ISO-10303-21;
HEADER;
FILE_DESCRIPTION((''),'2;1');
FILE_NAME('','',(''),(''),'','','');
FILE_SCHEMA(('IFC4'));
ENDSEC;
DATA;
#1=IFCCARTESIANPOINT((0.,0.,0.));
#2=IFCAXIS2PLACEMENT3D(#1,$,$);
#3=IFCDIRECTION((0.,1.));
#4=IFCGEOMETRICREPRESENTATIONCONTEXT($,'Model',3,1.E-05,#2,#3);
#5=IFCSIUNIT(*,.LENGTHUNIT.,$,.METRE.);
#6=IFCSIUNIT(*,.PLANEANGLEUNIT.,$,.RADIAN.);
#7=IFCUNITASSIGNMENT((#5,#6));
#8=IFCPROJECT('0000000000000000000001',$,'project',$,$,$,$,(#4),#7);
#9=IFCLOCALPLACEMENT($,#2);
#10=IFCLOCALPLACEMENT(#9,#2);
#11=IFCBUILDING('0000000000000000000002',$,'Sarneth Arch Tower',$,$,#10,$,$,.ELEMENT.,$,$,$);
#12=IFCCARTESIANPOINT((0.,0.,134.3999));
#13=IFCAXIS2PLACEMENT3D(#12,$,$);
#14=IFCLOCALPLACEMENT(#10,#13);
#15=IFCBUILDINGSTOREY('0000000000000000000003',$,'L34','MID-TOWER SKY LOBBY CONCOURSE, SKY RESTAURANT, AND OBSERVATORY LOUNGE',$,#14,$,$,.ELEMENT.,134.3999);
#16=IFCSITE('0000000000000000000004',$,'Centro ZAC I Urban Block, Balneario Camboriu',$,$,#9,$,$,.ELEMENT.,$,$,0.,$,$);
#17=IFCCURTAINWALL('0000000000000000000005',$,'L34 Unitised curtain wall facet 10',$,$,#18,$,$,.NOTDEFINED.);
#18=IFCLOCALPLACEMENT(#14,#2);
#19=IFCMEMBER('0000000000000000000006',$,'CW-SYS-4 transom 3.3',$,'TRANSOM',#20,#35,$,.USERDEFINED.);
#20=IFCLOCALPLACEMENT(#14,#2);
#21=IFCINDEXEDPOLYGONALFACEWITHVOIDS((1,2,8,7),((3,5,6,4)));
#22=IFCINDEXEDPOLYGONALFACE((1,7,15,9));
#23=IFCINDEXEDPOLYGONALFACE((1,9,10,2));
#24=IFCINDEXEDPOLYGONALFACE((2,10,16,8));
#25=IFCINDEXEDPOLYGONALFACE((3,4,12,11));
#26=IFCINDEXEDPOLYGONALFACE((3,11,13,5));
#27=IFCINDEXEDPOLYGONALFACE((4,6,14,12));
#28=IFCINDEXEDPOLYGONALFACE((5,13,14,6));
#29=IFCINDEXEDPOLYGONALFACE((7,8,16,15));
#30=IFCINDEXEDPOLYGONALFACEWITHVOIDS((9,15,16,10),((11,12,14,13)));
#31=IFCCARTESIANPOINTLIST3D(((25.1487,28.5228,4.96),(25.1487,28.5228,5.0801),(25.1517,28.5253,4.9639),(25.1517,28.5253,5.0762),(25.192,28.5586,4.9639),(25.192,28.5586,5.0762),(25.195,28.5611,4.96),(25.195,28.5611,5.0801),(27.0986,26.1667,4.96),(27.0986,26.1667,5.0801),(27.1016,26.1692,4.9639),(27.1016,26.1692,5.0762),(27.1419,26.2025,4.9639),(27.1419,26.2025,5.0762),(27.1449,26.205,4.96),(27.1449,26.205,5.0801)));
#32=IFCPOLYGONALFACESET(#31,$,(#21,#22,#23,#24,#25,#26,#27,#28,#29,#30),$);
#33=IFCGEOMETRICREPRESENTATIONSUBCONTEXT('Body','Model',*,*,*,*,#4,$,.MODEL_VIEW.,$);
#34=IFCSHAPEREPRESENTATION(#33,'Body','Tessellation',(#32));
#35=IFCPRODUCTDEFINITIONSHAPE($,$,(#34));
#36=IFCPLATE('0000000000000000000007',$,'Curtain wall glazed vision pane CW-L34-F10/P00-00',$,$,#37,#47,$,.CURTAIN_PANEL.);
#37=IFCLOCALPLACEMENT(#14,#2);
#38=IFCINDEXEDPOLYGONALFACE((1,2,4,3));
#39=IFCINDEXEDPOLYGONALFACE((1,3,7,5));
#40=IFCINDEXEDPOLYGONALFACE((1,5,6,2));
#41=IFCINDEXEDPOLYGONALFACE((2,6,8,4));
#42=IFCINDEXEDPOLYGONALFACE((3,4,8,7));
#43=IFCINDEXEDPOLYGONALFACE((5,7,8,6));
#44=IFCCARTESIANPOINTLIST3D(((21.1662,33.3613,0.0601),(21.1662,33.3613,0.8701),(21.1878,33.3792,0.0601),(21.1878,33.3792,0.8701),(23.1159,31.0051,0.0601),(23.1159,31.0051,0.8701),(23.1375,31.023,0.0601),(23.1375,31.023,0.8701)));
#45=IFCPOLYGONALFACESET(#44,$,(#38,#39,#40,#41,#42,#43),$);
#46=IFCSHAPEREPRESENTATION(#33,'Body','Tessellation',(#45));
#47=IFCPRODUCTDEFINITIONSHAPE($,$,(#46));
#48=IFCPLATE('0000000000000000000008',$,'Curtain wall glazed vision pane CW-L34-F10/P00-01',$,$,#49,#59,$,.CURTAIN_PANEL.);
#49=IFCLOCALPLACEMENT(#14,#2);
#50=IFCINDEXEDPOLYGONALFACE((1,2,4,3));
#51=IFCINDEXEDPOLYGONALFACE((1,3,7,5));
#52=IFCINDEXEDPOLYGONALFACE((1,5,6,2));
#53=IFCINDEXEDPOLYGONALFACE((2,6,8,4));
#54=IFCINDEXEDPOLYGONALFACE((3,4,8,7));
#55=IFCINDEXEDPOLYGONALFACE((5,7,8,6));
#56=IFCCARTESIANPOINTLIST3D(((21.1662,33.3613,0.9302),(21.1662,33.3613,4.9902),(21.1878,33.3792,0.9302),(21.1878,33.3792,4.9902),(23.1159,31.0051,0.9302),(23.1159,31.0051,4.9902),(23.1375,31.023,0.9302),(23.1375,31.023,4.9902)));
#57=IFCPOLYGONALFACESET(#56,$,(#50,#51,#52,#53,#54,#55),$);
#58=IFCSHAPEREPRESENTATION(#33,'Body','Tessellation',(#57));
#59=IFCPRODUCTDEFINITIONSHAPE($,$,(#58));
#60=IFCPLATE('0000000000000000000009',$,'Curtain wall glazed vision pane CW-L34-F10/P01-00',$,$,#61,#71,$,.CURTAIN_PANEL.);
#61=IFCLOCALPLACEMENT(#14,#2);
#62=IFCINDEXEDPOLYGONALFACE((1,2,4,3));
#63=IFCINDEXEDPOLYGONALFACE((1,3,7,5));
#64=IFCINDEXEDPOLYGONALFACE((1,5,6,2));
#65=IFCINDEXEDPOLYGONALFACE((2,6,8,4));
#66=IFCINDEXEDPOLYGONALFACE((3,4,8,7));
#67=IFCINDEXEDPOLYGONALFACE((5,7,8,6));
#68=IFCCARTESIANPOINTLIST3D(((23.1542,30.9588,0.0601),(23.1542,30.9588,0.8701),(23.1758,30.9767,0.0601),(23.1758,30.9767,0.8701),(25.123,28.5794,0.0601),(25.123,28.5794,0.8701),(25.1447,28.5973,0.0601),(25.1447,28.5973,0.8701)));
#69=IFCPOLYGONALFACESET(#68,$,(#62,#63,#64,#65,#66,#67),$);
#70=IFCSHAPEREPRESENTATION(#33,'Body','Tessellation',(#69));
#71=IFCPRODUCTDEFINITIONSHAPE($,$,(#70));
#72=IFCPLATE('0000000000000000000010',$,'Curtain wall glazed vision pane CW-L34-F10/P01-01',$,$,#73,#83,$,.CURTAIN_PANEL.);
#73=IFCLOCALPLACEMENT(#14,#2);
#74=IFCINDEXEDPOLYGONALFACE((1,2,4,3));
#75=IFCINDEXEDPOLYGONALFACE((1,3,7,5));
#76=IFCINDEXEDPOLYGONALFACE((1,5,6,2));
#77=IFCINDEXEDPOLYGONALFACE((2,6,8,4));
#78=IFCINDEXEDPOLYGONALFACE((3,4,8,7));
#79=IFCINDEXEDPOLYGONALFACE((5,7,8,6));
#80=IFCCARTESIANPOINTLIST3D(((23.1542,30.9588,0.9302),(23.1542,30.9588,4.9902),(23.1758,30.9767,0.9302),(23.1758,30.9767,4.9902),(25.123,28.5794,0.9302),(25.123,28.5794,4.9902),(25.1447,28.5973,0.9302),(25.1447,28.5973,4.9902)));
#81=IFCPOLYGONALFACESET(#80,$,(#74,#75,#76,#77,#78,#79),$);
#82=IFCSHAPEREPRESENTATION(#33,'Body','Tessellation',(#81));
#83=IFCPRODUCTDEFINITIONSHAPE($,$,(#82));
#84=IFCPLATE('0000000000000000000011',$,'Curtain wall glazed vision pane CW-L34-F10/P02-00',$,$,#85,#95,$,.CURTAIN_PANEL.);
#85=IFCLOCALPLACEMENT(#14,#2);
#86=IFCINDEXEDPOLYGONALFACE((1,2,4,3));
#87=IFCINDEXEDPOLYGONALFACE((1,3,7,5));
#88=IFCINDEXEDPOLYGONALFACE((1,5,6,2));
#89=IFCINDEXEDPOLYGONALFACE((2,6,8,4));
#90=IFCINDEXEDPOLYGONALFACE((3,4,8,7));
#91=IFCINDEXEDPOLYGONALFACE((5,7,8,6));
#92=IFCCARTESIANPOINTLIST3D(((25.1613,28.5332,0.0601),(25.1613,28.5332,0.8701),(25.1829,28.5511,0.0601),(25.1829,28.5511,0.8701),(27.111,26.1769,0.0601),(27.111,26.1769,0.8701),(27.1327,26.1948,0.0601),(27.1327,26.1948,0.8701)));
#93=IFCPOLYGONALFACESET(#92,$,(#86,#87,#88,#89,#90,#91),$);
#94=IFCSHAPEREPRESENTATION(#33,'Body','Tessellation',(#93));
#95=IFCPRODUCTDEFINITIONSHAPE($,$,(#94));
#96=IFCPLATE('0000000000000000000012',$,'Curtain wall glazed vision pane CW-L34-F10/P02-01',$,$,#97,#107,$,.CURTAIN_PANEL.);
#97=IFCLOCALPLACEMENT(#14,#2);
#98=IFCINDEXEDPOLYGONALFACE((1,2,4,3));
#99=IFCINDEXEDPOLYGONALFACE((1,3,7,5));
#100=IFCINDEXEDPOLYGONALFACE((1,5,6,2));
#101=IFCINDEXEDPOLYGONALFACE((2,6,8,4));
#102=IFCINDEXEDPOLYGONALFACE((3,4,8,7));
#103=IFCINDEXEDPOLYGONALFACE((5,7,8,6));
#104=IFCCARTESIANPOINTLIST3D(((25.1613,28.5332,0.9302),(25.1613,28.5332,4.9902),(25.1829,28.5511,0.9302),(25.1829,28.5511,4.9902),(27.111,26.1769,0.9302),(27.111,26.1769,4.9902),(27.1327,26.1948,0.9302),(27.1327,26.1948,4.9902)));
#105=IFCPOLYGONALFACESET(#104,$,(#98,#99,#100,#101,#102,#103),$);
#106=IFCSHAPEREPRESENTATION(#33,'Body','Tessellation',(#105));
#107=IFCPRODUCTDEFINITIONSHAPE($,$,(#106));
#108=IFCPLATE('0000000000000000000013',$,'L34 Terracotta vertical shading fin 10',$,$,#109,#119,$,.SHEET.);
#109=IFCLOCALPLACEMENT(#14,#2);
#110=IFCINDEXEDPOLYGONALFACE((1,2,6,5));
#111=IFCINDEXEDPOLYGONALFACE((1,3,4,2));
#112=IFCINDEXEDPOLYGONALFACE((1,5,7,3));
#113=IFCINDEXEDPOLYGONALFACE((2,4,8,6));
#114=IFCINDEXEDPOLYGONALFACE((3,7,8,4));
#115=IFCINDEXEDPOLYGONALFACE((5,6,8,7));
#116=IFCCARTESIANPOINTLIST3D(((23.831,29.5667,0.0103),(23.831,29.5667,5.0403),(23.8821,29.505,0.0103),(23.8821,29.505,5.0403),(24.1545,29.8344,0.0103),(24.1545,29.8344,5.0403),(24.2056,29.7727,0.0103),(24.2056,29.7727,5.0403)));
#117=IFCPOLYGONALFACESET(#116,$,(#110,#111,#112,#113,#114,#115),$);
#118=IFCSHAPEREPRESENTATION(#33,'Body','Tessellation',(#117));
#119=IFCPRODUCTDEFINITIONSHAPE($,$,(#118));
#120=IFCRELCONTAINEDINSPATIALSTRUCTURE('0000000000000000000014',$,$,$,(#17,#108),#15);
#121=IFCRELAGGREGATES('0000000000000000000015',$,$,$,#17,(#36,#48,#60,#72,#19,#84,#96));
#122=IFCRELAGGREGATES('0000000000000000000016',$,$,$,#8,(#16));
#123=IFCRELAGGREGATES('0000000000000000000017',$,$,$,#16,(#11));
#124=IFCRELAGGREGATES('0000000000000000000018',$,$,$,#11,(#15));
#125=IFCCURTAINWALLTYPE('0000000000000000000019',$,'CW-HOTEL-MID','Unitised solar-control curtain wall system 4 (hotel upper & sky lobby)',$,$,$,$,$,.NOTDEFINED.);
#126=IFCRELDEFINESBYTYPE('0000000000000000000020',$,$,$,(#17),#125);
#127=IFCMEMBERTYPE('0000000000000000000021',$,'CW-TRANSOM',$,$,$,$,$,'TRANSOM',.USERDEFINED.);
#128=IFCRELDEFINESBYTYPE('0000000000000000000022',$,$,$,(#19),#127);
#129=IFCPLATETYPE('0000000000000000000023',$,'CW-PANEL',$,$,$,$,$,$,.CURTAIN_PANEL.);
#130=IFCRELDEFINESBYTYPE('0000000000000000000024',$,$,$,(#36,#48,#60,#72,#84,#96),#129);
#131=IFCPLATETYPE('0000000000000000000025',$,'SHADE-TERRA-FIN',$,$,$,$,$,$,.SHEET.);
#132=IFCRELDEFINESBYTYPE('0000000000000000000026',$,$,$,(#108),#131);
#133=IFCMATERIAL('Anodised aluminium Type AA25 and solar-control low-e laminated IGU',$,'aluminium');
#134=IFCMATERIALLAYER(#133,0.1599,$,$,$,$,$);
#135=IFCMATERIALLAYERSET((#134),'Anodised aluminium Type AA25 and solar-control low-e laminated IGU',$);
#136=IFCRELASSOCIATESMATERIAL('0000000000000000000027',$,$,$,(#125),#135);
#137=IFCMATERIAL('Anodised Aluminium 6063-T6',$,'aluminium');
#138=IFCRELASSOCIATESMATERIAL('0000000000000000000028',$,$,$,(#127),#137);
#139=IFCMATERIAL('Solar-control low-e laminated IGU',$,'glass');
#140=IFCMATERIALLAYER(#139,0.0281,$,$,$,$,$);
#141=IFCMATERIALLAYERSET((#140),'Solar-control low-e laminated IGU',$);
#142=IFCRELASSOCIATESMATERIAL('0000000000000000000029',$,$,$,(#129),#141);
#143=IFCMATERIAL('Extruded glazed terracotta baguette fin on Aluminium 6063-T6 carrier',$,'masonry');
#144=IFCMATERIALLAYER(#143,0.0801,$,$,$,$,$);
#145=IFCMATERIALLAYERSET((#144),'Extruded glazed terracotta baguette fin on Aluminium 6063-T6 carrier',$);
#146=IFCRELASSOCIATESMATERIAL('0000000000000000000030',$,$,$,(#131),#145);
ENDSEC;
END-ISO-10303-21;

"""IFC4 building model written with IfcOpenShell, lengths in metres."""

from ifc_helpers import new_model, si_unit, direction, frame, origin, origin_2d, place, context, subcontext, project, spatial, rectangle, hollow_rectangle, extrude, material, layer, layer_set, material_profile, profile_set, type_object, element, aggregate, save


model = new_model("IFC4")

# Units and contexts
model_context = context("Model", 3, precision=1e-05, world=origin(), true_north=direction((0.0, 1.0)))
body_context = subcontext(model_context, "Body", "Model", "MODEL_VIEW")
ifc_project = project(units=[si_unit("LENGTHUNIT", "METRE"), si_unit("PLANEANGLEUNIT", "RADIAN")], contexts=[model_context])

# Site, building, storey
site_placement = place(None, origin())
site = spatial("IfcSite", under=ifc_project, at=site_placement, Name="Centro ZAC I Urban Block, Balneario Camboriu", CompositionType="ELEMENT", RefElevation=0.0)
building_placement = place(site_placement, origin())
building = spatial("IfcBuilding", under=site, at=building_placement, Name="Sarneth Arch Tower", CompositionType="ELEMENT")
storey_placement = place(building_placement, frame((0.0, 0.0, 134.3999)))
storey = spatial("IfcBuildingStorey", under=building, at=storey_placement, Name="L34", Description="MID-TOWER SKY LOBBY CONCOURSE, SKY RESTAURANT, AND OBSERVATORY LOUNGE", CompositionType="ELEMENT", Elevation=134.3999)

# Curtain wall, member, plates
ifc_material_1 = material(Name="Anodised aluminium Type AA25 and solar-control low-e laminated IGU", Category="aluminium")
ifc_layer_1 = layer(ifc_material_1, 0.1599)
ifc_layer_set_1 = layer_set([ifc_layer_1], Name="Anodised aluminium Type AA25 and solar-control low-e laminated IGU")
curtain_wall_type = type_object("IfcCurtainWallType", Name="CW-HOTEL-MID", Description="Unitised solar-control curtain wall system 4 (hotel upper & sky lobby)", PredefinedType="NOTDEFINED", material=ifc_layer_set_1)
curtain_wall_placement = place(storey_placement, origin())
curtain_wall = element("IfcCurtainWall", 1, at=curtain_wall_placement, inside=storey, type_object=curtain_wall_type, Name="L34 Unitised curtain wall facet 10", PredefinedType="NOTDEFINED")
ifc_material_2 = material(Name="Anodised Aluminium 6063-T6", Category="aluminium")
ifc_material_profile_1 = material_profile(ifc_material_2, hollow_rectangle(XDim=0.0601, YDim=0.1201, WallThickness=0.0039, at=origin_2d()), Name="AL-TRAN-120x60x4")
ifc_profile_set_1 = profile_set([ifc_material_profile_1], Name="Anodised Aluminium 6063-T6")
member_type_1 = type_object("IfcMemberType", Name="CW-TRANSOM", ElementType="TRANSOM", PredefinedType="USERDEFINED", material=ifc_profile_set_1)
member_1_placement = place(storey_placement, frame((25.1719, 28.542, 5.02), z_axis=(0.637566, -0.770396, 0.0), x_axis=(0.770396, 0.637566, 0.0)))
member_1 = element("IfcMember", 2, at=member_1_placement, type_object=member_type_1, Name="CW-SYS-4 transom 3.3", ObjectType="TRANSOM", PredefinedType="USERDEFINED", context=body_context, shape_type="SweptSolid", body=[
    extrude(hollow_rectangle(XDim=0.0601, YDim=0.1201, WallThickness=0.0039, at=origin_2d()), origin(), (0.0, 0.0, 1.0), 3.0583),
])
ifc_material_3 = material(Name="Solar-control low-e laminated IGU", Category="glass")
ifc_layer_2 = layer(ifc_material_3, 0.0281)
ifc_layer_set_2 = layer_set([ifc_layer_2], Name="Solar-control low-e laminated IGU")
plate_type_1 = type_object("IfcPlateType", Name="CW-PANEL", PredefinedType="CURTAIN_PANEL", material=ifc_layer_set_2)
plate_1_placement = place(storey_placement, frame((22.1519, 32.1921, 0.0601), z_axis=(0.0, 0.0, 1.0), x_axis=(0.637515, -0.770438, 0.0)))
plate_1 = element("IfcPlate", 3, at=plate_1_placement, type_object=plate_type_1, Name="Curtain wall glazed vision pane CW-L34-F10/P00-00", PredefinedType="CURTAIN_PANEL", context=body_context, shape_type="SweptSolid", body=[
    extrude(rectangle(XDim=3.0583, YDim=0.0281, at=origin_2d()), origin(), (0.0, 0.0, 1.0), 0.8101),
])
plate_2_placement = place(storey_placement, frame((22.1519, 32.1921, 0.9302), z_axis=(0.0, 0.0, 1.0), x_axis=(0.637515, -0.770438, 0.0)))
plate_2 = element("IfcPlate", 4, at=plate_2_placement, type_object=plate_type_1, Name="Curtain wall glazed vision pane CW-L34-F10/P00-01", PredefinedType="CURTAIN_PANEL", context=body_context, shape_type="SweptSolid", body=[
    extrude(rectangle(XDim=3.0583, YDim=0.0281, at=origin_2d()), origin(), (0.0, 0.0, 1.0), 4.0601),
])
plate_3_placement = place(storey_placement, frame((24.1494, 29.7781, 0.0601), z_axis=(0.0, 0.0, 1.0), x_axis=(0.637515, -0.770438, 0.0)))
plate_3 = element("IfcPlate", 5, at=plate_3_placement, type_object=plate_type_1, Name="Curtain wall glazed vision pane CW-L34-F10/P01-00", PredefinedType="CURTAIN_PANEL", context=body_context, shape_type="SweptSolid", body=[
    extrude(rectangle(XDim=3.0884, YDim=0.0281, at=origin_2d()), origin(), (0.0, 0.0, 1.0), 0.8101),
])
plate_4_placement = place(storey_placement, frame((24.1494, 29.7781, 0.9302), z_axis=(0.0, 0.0, 1.0), x_axis=(0.637515, -0.770438, 0.0)))
plate_4 = element("IfcPlate", 6, at=plate_4_placement, type_object=plate_type_1, Name="Curtain wall glazed vision pane CW-L34-F10/P01-01", PredefinedType="CURTAIN_PANEL", context=body_context, shape_type="SweptSolid", body=[
    extrude(rectangle(XDim=3.0884, YDim=0.0281, at=origin_2d()), origin(), (0.0, 0.0, 1.0), 4.0601),
])
plate_5_placement = place(storey_placement, frame((26.147, 27.364, 0.0601), z_axis=(0.0, 0.0, 1.0), x_axis=(0.637515, -0.770438, 0.0)))
plate_5 = element("IfcPlate", 7, at=plate_5_placement, type_object=plate_type_1, Name="Curtain wall glazed vision pane CW-L34-F10/P02-00", PredefinedType="CURTAIN_PANEL", context=body_context, shape_type="SweptSolid", body=[
    extrude(rectangle(XDim=3.0583, YDim=0.0281, at=origin_2d()), origin(), (0.0, 0.0, 1.0), 0.8101),
])
plate_6_placement = place(storey_placement, frame((26.147, 27.364, 0.9302), z_axis=(0.0, 0.0, 1.0), x_axis=(0.637515, -0.770438, 0.0)))
plate_6 = element("IfcPlate", 8, at=plate_6_placement, type_object=plate_type_1, Name="Curtain wall glazed vision pane CW-L34-F10/P02-01", PredefinedType="CURTAIN_PANEL", context=body_context, shape_type="SweptSolid", body=[
    extrude(rectangle(XDim=3.0583, YDim=0.0281, at=origin_2d()), origin(), (0.0, 0.0, 1.0), 4.0601),
])
aggregate(curtain_wall, [plate_1, plate_2, plate_3, plate_4, member_1, plate_5, plate_6])

# Plate
ifc_material_4 = material(Name="Extruded glazed terracotta baguette fin on Aluminium 6063-T6 carrier", Category="masonry")
ifc_layer_3 = layer(ifc_material_4, 0.0801)
ifc_layer_set_3 = layer_set([ifc_layer_3], Name="Extruded glazed terracotta baguette fin on Aluminium 6063-T6 carrier")
plate_type_2 = type_object("IfcPlateType", Name="SHADE-TERRA-FIN", PredefinedType="SHEET", material=ifc_layer_set_3)
plate_7_placement = place(storey_placement, frame((24.0183, 29.6697, 0.0103), z_axis=(0.0, 0.0, 1.0), x_axis=(-0.770402, -0.637558, 0.0)))
element("IfcPlate", 9, at=plate_7_placement, inside=storey, type_object=plate_type_2, Name="L34 Terracotta vertical shading fin 10", PredefinedType="SHEET", context=body_context, shape_type="SweptSolid", body=[
    extrude(rectangle(XDim=0.4199, YDim=0.0801, at=origin_2d()), origin(), (0.0, 0.0, 1.0), 5.03),
])

save(model, "model.ifc")
